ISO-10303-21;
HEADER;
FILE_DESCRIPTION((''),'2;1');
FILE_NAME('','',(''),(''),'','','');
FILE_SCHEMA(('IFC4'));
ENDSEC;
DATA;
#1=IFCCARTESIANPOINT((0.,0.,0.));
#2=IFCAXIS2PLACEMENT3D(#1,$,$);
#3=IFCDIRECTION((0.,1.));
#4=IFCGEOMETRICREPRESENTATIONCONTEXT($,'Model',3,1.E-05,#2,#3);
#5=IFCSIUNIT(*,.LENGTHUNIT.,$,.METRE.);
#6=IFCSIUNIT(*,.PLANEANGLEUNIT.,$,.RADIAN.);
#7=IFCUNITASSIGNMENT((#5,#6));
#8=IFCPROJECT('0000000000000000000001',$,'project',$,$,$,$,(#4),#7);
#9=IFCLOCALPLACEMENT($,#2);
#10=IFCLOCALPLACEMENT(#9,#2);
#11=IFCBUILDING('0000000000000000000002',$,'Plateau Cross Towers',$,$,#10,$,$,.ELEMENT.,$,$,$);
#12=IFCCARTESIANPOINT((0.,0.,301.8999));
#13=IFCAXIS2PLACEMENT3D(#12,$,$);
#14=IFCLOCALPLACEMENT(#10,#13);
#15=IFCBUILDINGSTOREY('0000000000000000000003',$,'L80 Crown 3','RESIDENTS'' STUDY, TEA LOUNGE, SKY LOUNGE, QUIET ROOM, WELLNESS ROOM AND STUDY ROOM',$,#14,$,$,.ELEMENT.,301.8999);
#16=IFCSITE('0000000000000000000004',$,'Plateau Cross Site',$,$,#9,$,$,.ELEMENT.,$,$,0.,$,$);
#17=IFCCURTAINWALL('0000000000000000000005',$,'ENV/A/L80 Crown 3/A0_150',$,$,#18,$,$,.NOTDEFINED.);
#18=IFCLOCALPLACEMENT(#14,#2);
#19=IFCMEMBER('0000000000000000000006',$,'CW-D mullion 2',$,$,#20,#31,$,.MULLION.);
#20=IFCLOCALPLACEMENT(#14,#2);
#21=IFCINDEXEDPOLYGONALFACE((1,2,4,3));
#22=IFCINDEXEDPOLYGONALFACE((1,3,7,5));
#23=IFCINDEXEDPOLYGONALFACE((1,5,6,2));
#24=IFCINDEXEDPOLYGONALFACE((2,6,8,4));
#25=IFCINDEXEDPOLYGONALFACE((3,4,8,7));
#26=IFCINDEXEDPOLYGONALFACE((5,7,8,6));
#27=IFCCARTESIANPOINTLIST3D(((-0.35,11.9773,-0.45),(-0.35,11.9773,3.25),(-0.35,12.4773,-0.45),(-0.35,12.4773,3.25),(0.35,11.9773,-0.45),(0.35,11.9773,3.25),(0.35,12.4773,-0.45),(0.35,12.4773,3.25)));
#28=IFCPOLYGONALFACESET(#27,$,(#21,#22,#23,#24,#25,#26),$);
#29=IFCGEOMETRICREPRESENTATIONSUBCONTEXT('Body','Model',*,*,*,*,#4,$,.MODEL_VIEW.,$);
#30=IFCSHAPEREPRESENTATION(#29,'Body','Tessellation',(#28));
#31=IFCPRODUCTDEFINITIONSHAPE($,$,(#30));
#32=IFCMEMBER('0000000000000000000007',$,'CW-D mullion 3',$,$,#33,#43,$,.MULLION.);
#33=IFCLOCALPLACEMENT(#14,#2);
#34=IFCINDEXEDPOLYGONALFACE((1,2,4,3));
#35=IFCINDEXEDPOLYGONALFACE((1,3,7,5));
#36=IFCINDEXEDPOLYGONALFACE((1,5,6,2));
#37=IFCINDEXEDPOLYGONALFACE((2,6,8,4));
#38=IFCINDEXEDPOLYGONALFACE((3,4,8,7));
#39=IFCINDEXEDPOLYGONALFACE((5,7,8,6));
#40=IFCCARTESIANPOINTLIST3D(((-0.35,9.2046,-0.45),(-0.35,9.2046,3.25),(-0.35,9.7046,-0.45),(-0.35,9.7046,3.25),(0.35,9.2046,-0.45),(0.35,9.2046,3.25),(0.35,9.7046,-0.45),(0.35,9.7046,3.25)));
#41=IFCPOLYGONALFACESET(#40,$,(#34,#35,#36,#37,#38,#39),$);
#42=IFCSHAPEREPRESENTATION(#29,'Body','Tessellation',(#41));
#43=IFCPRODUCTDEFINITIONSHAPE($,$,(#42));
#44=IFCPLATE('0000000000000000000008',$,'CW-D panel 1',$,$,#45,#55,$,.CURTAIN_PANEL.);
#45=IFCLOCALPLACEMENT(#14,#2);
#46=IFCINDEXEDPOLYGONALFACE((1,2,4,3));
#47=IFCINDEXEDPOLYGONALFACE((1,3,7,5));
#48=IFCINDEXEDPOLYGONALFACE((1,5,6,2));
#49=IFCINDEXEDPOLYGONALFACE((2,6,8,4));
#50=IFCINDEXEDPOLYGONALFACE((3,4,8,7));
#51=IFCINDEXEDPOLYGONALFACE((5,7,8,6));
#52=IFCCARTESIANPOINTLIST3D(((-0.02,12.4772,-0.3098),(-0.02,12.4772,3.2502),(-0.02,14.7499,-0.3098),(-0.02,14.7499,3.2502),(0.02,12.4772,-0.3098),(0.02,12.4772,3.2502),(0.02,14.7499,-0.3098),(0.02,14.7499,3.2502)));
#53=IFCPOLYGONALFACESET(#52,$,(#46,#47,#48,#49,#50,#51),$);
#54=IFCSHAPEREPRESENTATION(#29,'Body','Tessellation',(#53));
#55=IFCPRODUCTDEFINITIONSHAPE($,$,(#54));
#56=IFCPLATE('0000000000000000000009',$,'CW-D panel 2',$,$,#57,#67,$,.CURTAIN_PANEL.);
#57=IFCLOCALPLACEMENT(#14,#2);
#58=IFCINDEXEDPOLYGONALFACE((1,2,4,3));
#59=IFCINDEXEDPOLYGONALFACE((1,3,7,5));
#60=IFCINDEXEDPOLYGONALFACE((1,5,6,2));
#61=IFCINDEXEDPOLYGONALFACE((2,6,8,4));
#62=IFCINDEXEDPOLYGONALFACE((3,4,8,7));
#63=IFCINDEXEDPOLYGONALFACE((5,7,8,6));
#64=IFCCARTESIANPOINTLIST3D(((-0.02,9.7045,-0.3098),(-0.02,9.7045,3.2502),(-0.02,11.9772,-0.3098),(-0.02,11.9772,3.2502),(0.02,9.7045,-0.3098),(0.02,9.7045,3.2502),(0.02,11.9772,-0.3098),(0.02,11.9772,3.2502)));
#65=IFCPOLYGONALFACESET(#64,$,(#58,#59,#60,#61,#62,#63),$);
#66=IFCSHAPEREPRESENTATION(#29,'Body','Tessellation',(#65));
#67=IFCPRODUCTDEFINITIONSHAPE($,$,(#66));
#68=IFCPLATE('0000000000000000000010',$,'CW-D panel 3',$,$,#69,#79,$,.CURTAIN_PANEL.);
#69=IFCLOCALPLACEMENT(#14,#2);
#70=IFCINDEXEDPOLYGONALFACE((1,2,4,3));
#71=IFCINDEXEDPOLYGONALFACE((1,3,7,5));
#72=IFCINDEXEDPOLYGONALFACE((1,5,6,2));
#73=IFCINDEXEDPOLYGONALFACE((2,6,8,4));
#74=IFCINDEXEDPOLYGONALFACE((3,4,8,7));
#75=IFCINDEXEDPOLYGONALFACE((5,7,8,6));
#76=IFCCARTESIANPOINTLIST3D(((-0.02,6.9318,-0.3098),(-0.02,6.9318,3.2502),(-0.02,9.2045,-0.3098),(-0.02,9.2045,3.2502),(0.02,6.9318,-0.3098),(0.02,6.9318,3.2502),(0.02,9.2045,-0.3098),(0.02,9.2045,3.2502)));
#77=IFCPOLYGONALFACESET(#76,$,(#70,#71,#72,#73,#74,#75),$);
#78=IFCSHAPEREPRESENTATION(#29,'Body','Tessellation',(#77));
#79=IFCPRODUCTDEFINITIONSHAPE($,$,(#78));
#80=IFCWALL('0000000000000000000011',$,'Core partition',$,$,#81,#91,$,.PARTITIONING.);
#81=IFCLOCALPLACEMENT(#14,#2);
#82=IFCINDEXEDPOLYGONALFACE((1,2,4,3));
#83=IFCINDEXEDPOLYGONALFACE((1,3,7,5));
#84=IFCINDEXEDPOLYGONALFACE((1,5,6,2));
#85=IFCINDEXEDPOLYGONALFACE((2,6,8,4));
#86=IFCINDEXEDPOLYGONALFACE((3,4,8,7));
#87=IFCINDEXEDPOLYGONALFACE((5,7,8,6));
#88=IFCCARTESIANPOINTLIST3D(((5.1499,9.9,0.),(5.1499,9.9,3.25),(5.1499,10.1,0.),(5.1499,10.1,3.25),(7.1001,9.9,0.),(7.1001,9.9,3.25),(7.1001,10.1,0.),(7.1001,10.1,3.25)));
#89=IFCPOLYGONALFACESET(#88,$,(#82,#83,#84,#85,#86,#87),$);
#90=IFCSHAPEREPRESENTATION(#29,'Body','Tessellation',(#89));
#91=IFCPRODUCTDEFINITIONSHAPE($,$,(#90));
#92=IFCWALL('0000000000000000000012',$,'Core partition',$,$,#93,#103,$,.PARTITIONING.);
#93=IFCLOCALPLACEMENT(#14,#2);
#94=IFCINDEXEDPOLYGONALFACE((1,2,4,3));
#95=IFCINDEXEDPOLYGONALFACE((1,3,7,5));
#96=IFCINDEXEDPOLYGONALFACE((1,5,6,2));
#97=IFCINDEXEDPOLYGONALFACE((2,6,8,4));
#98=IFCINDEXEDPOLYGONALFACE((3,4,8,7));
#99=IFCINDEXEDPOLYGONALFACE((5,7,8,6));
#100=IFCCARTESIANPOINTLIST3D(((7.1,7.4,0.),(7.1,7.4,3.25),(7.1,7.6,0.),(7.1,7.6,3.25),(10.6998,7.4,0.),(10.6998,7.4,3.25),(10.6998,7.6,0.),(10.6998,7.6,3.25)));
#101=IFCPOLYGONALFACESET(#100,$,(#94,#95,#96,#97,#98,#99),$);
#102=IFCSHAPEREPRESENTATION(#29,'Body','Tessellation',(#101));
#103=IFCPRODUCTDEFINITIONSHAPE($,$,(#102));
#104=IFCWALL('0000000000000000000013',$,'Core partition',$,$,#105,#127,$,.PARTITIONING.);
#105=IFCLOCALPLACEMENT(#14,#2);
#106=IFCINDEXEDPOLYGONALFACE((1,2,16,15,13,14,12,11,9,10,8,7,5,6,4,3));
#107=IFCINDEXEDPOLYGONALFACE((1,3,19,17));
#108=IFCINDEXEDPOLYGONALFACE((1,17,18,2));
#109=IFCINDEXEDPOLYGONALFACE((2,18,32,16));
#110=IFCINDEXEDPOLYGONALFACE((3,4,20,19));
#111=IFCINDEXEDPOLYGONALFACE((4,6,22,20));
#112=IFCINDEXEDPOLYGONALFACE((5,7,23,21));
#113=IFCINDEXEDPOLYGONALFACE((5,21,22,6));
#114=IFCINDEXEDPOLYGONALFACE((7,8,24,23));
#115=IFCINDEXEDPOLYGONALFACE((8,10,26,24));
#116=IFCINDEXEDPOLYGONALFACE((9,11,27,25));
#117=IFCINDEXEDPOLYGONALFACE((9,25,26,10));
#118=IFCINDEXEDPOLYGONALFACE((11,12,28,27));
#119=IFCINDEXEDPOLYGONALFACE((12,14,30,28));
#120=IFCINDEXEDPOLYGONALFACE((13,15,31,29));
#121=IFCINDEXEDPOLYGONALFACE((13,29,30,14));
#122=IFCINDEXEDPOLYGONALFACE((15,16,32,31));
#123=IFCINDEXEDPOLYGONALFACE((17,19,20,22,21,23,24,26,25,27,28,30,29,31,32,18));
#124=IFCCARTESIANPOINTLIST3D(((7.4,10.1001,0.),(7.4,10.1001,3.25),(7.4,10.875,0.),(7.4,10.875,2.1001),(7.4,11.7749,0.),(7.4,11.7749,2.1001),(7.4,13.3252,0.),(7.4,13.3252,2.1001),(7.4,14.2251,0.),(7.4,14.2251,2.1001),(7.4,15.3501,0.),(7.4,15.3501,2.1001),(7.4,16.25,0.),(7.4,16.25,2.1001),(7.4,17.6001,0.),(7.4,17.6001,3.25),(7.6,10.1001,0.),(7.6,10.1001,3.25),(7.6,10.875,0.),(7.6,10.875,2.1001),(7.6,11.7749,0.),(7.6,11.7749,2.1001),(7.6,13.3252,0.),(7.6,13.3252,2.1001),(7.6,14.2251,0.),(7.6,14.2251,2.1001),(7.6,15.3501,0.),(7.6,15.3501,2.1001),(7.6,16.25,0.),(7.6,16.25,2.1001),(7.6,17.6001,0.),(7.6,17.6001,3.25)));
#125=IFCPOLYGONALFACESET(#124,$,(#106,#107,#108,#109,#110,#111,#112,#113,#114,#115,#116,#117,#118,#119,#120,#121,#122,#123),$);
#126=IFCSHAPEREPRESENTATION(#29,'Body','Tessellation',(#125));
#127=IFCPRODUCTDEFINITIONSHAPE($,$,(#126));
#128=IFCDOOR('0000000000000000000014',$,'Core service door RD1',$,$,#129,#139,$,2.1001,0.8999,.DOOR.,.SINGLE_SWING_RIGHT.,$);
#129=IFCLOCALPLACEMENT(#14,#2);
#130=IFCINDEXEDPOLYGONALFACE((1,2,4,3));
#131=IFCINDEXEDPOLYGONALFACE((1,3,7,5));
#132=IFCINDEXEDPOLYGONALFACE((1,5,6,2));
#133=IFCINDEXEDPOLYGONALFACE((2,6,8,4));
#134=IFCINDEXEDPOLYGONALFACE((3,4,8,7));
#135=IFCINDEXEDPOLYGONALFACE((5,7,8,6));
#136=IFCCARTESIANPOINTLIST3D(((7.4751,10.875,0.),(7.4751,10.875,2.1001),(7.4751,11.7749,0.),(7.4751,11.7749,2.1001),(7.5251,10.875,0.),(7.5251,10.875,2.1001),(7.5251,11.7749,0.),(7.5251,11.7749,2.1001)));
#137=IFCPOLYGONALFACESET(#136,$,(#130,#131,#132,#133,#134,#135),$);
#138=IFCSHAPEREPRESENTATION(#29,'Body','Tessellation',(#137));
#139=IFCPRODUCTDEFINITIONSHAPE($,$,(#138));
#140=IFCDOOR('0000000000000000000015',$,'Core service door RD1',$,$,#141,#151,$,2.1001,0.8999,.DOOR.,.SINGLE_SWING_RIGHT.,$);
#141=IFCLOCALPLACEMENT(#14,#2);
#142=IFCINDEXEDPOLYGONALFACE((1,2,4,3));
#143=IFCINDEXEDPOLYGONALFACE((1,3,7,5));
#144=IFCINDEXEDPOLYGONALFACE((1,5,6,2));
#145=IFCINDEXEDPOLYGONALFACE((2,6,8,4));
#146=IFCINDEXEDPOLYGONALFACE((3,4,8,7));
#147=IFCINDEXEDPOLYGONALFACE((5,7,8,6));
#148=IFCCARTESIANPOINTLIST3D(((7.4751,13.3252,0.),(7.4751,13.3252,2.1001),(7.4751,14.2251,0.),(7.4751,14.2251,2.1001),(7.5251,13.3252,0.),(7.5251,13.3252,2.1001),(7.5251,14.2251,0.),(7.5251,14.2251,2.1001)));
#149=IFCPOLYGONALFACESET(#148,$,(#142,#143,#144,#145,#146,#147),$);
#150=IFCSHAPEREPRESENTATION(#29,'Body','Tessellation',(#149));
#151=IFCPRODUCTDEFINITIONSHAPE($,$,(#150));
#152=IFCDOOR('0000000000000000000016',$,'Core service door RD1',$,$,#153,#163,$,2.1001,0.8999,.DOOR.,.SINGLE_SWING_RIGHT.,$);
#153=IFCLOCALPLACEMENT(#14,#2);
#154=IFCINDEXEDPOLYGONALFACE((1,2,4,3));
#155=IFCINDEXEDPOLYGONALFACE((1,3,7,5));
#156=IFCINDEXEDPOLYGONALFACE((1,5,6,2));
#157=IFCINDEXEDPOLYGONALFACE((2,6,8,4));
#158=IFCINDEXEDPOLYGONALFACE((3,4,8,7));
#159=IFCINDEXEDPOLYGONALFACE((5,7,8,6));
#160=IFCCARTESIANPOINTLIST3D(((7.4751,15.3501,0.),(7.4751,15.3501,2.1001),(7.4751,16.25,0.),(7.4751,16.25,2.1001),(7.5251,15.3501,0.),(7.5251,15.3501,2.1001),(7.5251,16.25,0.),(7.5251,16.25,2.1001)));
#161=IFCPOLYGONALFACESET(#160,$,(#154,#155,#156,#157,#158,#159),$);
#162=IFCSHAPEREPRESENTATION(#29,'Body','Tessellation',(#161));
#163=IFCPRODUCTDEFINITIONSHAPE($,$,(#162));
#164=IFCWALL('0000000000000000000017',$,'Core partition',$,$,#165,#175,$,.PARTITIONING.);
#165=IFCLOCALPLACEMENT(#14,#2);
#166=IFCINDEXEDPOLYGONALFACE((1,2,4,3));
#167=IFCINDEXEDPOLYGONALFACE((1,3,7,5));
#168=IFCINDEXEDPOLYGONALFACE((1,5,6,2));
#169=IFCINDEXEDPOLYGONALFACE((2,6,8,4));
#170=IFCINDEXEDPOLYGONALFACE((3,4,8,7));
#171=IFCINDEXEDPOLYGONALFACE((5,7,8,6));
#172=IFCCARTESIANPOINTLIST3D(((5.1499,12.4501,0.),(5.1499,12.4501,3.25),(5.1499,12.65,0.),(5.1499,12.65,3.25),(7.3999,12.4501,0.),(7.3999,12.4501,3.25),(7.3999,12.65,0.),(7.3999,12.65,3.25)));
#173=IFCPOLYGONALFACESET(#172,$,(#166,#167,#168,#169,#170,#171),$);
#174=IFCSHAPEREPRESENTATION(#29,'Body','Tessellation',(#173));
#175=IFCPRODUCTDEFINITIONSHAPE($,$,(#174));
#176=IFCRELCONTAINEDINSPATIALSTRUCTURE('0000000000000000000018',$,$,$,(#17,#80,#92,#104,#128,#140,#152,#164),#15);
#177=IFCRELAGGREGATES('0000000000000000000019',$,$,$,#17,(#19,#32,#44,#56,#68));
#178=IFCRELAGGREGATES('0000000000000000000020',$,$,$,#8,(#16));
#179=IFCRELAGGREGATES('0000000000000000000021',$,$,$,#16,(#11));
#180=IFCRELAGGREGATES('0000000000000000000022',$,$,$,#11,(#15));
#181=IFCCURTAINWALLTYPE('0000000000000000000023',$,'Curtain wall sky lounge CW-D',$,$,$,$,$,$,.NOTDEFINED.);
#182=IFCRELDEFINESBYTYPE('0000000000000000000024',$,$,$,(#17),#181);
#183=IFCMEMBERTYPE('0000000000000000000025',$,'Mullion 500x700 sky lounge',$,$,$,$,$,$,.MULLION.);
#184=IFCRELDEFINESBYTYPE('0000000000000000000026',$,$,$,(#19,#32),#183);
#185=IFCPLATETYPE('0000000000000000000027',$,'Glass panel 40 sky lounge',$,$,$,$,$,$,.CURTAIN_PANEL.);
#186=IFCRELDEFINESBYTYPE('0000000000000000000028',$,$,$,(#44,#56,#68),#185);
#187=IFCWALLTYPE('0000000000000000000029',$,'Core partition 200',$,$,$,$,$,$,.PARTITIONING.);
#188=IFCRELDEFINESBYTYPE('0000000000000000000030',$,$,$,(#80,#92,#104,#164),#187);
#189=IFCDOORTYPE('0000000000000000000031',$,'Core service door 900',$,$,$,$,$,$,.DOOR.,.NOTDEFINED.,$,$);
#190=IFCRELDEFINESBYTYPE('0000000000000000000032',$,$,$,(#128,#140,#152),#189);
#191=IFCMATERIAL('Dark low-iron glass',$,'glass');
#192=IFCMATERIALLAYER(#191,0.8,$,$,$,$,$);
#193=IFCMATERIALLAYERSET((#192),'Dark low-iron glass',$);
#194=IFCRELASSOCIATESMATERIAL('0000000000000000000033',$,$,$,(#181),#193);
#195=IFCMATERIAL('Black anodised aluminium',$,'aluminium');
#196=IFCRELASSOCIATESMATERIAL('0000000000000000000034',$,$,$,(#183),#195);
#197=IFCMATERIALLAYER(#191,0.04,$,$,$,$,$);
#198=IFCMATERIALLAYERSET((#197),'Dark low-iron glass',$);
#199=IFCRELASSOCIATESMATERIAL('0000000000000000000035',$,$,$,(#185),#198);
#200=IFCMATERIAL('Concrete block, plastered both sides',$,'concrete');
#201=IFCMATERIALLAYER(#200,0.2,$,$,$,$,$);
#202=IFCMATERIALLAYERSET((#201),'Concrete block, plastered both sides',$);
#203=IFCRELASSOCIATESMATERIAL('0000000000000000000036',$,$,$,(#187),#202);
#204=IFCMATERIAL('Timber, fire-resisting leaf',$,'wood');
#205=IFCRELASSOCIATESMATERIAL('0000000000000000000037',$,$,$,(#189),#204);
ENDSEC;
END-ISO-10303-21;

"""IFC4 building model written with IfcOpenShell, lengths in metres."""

from ifc_helpers import new_model, si_unit, direction, frame, frame_2d, origin, origin_2d, place, context, subcontext, project, spatial, rectangle, extrude, material, layer, layer_set, material_profile, profile_set, type_object, element, fill, aggregate, save


model = new_model("IFC4")

# Units and contexts
model_context = context("Model", 3, precision=1e-05, world=origin(), true_north=direction((0.0, 1.0)))
body_context = subcontext(model_context, "Body", "Model", "MODEL_VIEW")
ifc_project = project(units=[si_unit("LENGTHUNIT", "METRE"), si_unit("PLANEANGLEUNIT", "RADIAN")], contexts=[model_context])

# Site, building, storey
site_placement = place(None, origin())
site = spatial("IfcSite", under=ifc_project, at=site_placement, Name="Plateau Cross Site", CompositionType="ELEMENT", RefElevation=0.0)
building_placement = place(site_placement, origin())
building = spatial("IfcBuilding", under=site, at=building_placement, Name="Plateau Cross Towers", CompositionType="ELEMENT")
storey_placement = place(building_placement, frame((0.0, 0.0, 301.8999)))
storey = spatial("IfcBuildingStorey", under=building, at=storey_placement, Name="L80 Crown 3", Description="RESIDENTS' STUDY, TEA LOUNGE, SKY LOUNGE, QUIET ROOM, WELLNESS ROOM AND STUDY ROOM", CompositionType="ELEMENT", Elevation=301.8999)

# Curtain wall, members, plates
ifc_material_1 = material(Name="Dark low-iron glass", Category="glass")
ifc_layer_1 = layer(ifc_material_1, 0.8)
ifc_layer_set_1 = layer_set([ifc_layer_1], Name="Dark low-iron glass")
curtain_wall_type = type_object("IfcCurtainWallType", Name="Curtain wall sky lounge CW-D", PredefinedType="NOTDEFINED", material=ifc_layer_set_1)
curtain_wall_placement = place(storey_placement, origin())
curtain_wall = element("IfcCurtainWall", 1, at=curtain_wall_placement, inside=storey, type_object=curtain_wall_type, Name="ENV/A/L80 Crown 3/A0_150", PredefinedType="NOTDEFINED")
ifc_material_2 = material(Name="Black anodised aluminium", Category="aluminium")
ifc_material_profile = material_profile(ifc_material_2, rectangle(XDim=0.5, YDim=0.7, at=origin_2d()), Name="MULLION 500x700")
ifc_profile_set = profile_set([ifc_material_profile], Name="Black anodised aluminium")
member_type = type_object("IfcMemberType", Name="Mullion 500x700 sky lounge", PredefinedType="MULLION", material=ifc_profile_set)
member_1_placement = place(storey_placement, frame((0.0, 12.2273, -0.45), z_axis=(0.0, 0.0, 1.0), x_axis=(0.0, -1.0, 0.0)))
member_1 = element("IfcMember", 2, at=member_1_placement, type_object=member_type, Name="CW-D mullion 2", PredefinedType="MULLION", context=body_context, shape_type="SweptSolid", body=[
    extrude(rectangle(XDim=0.5, YDim=0.7, at=origin_2d()), origin(), (0.0, 0.0, 1.0), 3.7),
])
member_2_placement = place(storey_placement, frame((0.0, 9.4546, -0.45), z_axis=(0.0, 0.0, 1.0), x_axis=(0.0, -1.0, 0.0)))
member_2 = element("IfcMember", 3, at=member_2_placement, type_object=member_type, Name="CW-D mullion 3", PredefinedType="MULLION", context=body_context, shape_type="SweptSolid", body=[
    extrude(rectangle(XDim=0.5, YDim=0.7, at=origin_2d()), origin(), (0.0, 0.0, 1.0), 3.7),
])
ifc_layer_2 = layer(ifc_material_1, 0.04)
ifc_layer_set_2 = layer_set([ifc_layer_2], Name="Dark low-iron glass")
plate_type = type_object("IfcPlateType", Name="Glass panel 40 sky lounge", PredefinedType="CURTAIN_PANEL", material=ifc_layer_set_2)
plate_1_placement = place(storey_placement, frame((0.0, 13.6135, -0.3098), z_axis=(0.0, 0.0, 1.0), x_axis=(0.0, -1.0, 0.0)))
plate_1 = element("IfcPlate", 4, at=plate_1_placement, type_object=plate_type, Name="CW-D panel 1", PredefinedType="CURTAIN_PANEL", context=body_context, shape_type="SweptSolid", body=[
    extrude(rectangle(XDim=2.2727, YDim=0.04, at=origin_2d()), origin(), (0.0, 0.0, 1.0), 3.5601),
])
plate_2_placement = place(storey_placement, frame((0.0, 10.8408, -0.3098), z_axis=(0.0, 0.0, 1.0), x_axis=(0.0, -1.0, 0.0)))
plate_2 = element("IfcPlate", 5, at=plate_2_placement, type_object=plate_type, Name="CW-D panel 2", PredefinedType="CURTAIN_PANEL", context=body_context, shape_type="SweptSolid", body=[
    extrude(rectangle(XDim=2.2727, YDim=0.04, at=origin_2d()), origin(), (0.0, 0.0, 1.0), 3.5601),
])
plate_3_placement = place(storey_placement, frame((0.0, 8.0681, -0.3098), z_axis=(0.0, 0.0, 1.0), x_axis=(0.0, -1.0, 0.0)))
plate_3 = element("IfcPlate", 6, at=plate_3_placement, type_object=plate_type, Name="CW-D panel 3", PredefinedType="CURTAIN_PANEL", context=body_context, shape_type="SweptSolid", body=[
    extrude(rectangle(XDim=2.2727, YDim=0.04, at=origin_2d()), origin(), (0.0, 0.0, 1.0), 3.5601),
])
aggregate(curtain_wall, [member_1, member_2, plate_1, plate_2, plate_3])

# Walls
ifc_material_3 = material(Name="Concrete block, plastered both sides", Category="concrete")
ifc_layer_3 = layer(ifc_material_3, 0.2)
ifc_layer_set_3 = layer_set([ifc_layer_3], Name="Concrete block, plastered both sides")
wall_type_1 = type_object("IfcWallType", Name="Core partition 200", PredefinedType="PARTITIONING", material=ifc_layer_set_3)
wall_1_placement = place(storey_placement, frame((5.1499, 10.0, 0.0), z_axis=(0.0, 0.0, 1.0), x_axis=(1.0, 0.0, 0.0)))
element("IfcWall", 7, at=wall_1_placement, inside=storey, type_object=wall_type_1, Name="Core partition", PredefinedType="PARTITIONING", context=body_context, shape_type="SweptSolid", body=[
    extrude(rectangle(XDim=1.9502, YDim=0.2, at=frame_2d((0.9751, 0.0))), origin(), (0.0, 0.0, 1.0), 3.25),
])
wall_2_placement = place(storey_placement, frame((7.1001, 7.5, 0.0), z_axis=(0.0, 0.0, 1.0), x_axis=(1.0, 0.0, 0.0)))
element("IfcWall", 8, at=wall_2_placement, inside=storey, type_object=wall_type_1, Name="Core partition", PredefinedType="PARTITIONING", context=body_context, shape_type="SweptSolid", body=[
    extrude(rectangle(XDim=3.5999, YDim=0.2, at=frame_2d((1.7998, 0.0))), origin(), (0.0, 0.0, 1.0), 3.25),
])

# Wall, openings, doors
wall_3_placement = place(storey_placement, frame((7.5, 10.1001, 0.0), z_axis=(0.0, 0.0, 1.0), x_axis=(0.0, 1.0, 0.0)))
wall_3 = element("IfcWall", 9, at=wall_3_placement, inside=storey, type_object=wall_type_1, Name="Core partition", PredefinedType="PARTITIONING", context=body_context, shape_type="SweptSolid", body=[
    extrude(rectangle(XDim=7.5, YDim=0.2, at=frame_2d((3.75, 0.0))), origin(), (0.0, 0.0, 1.0), 3.25),
])
opening_1_placement = place(wall_3_placement, frame((0.7749, 0.0, 0.0)))
opening_1 = element("IfcOpeningElement", 10, at=opening_1_placement, cuts=wall_3, PredefinedType="OPENING", context=body_context, shape_type="SweptSolid", body=[
    extrude(rectangle(XDim=0.8999, YDim=2.1001, at=frame_2d((0.45, 1.05))), frame((0.0, 0.1099, 0.0), z_axis=(0.0, -1.0, 0.0), x_axis=(1.0, 0.0, 0.0)), (0.0, 0.0, 1.0), 0.22),
])
opening_2_placement = place(wall_3_placement, frame((3.2251, 0.0, 0.0)))
opening_2 = element("IfcOpeningElement", 11, at=opening_2_placement, cuts=wall_3, PredefinedType="OPENING", context=body_context, shape_type="SweptSolid", body=[
    extrude(rectangle(XDim=0.8999, YDim=2.1001, at=frame_2d((0.45, 1.05))), frame((0.0, 0.1099, 0.0), z_axis=(0.0, -1.0, 0.0), x_axis=(1.0, 0.0, 0.0)), (0.0, 0.0, 1.0), 0.22),
])
opening_3_placement = place(wall_3_placement, frame((5.25, 0.0, 0.0)))
opening_3 = element("IfcOpeningElement", 12, at=opening_3_placement, cuts=wall_3, PredefinedType="OPENING", context=body_context, shape_type="SweptSolid", body=[
    extrude(rectangle(XDim=0.8999, YDim=2.1001, at=frame_2d((0.45, 1.05))), frame((0.0, 0.1099, 0.0), z_axis=(0.0, -1.0, 0.0), x_axis=(1.0, 0.0, 0.0)), (0.0, 0.0, 1.0), 0.22),
])
ifc_material_4 = material(Name="Timber, fire-resisting leaf", Category="wood")
door_type_1 = type_object("IfcDoorType", Name="Core service door 900", OperationType="NOTDEFINED", PredefinedType="DOOR", material=ifc_material_4)
door_1_placement = place(opening_1_placement, origin())
door_1 = element("IfcDoor", 13, at=door_1_placement, inside=storey, type_object=door_type_1, Name="Core service door RD1", OperationType="SINGLE_SWING_RIGHT", OverallHeight=2.1001, OverallWidth=0.8999, PredefinedType="DOOR", context=body_context, shape_type="SweptSolid", body=[
    extrude(rectangle(XDim=0.8999, YDim=2.1001, at=frame_2d((0.45, 1.05))), frame((0.0, 0.0249, 0.0), z_axis=(0.0, -1.0, 0.0), x_axis=(1.0, 0.0, 0.0)), (0.0, 0.0, 1.0), 0.05),
])
fill(opening_1, door_1)
door_2_placement = place(opening_2_placement, origin())
door_2 = element("IfcDoor", 14, at=door_2_placement, inside=storey, type_object=door_type_1, Name="Core service door RD1", OperationType="SINGLE_SWING_RIGHT", OverallHeight=2.1001, OverallWidth=0.8999, PredefinedType="DOOR", context=body_context, shape_type="SweptSolid", body=[
    extrude(rectangle(XDim=0.8999, YDim=2.1001, at=frame_2d((0.45, 1.05))), frame((0.0, 0.0249, 0.0), z_axis=(0.0, -1.0, 0.0), x_axis=(1.0, 0.0, 0.0)), (0.0, 0.0, 1.0), 0.05),
])
fill(opening_2, door_2)
door_3_placement = place(opening_3_placement, origin())
door_3 = element("IfcDoor", 15, at=door_3_placement, inside=storey, type_object=door_type_1, Name="Core service door RD1", OperationType="SINGLE_SWING_RIGHT", OverallHeight=2.1001, OverallWidth=0.8999, PredefinedType="DOOR", context=body_context, shape_type="SweptSolid", body=[
    extrude(rectangle(XDim=0.8999, YDim=2.1001, at=frame_2d((0.45, 1.05))), frame((0.0, 0.0249, 0.0), z_axis=(0.0, -1.0, 0.0), x_axis=(1.0, 0.0, 0.0)), (0.0, 0.0, 1.0), 0.05),
])
fill(opening_3, door_3)

# Wall
wall_4_placement = place(storey_placement, frame((5.1499, 12.55, 0.0), z_axis=(0.0, 0.0, 1.0), x_axis=(1.0, 0.0, 0.0)))
element("IfcWall", 16, at=wall_4_placement, inside=storey, type_object=wall_type_1, Name="Core partition", PredefinedType="PARTITIONING", context=body_context, shape_type="SweptSolid", body=[
    extrude(rectangle(XDim=2.25, YDim=0.2, at=frame_2d((1.125, 0.0))), origin(), (0.0, 0.0, 1.0), 3.25),
])

save(model, "model.ifc")
